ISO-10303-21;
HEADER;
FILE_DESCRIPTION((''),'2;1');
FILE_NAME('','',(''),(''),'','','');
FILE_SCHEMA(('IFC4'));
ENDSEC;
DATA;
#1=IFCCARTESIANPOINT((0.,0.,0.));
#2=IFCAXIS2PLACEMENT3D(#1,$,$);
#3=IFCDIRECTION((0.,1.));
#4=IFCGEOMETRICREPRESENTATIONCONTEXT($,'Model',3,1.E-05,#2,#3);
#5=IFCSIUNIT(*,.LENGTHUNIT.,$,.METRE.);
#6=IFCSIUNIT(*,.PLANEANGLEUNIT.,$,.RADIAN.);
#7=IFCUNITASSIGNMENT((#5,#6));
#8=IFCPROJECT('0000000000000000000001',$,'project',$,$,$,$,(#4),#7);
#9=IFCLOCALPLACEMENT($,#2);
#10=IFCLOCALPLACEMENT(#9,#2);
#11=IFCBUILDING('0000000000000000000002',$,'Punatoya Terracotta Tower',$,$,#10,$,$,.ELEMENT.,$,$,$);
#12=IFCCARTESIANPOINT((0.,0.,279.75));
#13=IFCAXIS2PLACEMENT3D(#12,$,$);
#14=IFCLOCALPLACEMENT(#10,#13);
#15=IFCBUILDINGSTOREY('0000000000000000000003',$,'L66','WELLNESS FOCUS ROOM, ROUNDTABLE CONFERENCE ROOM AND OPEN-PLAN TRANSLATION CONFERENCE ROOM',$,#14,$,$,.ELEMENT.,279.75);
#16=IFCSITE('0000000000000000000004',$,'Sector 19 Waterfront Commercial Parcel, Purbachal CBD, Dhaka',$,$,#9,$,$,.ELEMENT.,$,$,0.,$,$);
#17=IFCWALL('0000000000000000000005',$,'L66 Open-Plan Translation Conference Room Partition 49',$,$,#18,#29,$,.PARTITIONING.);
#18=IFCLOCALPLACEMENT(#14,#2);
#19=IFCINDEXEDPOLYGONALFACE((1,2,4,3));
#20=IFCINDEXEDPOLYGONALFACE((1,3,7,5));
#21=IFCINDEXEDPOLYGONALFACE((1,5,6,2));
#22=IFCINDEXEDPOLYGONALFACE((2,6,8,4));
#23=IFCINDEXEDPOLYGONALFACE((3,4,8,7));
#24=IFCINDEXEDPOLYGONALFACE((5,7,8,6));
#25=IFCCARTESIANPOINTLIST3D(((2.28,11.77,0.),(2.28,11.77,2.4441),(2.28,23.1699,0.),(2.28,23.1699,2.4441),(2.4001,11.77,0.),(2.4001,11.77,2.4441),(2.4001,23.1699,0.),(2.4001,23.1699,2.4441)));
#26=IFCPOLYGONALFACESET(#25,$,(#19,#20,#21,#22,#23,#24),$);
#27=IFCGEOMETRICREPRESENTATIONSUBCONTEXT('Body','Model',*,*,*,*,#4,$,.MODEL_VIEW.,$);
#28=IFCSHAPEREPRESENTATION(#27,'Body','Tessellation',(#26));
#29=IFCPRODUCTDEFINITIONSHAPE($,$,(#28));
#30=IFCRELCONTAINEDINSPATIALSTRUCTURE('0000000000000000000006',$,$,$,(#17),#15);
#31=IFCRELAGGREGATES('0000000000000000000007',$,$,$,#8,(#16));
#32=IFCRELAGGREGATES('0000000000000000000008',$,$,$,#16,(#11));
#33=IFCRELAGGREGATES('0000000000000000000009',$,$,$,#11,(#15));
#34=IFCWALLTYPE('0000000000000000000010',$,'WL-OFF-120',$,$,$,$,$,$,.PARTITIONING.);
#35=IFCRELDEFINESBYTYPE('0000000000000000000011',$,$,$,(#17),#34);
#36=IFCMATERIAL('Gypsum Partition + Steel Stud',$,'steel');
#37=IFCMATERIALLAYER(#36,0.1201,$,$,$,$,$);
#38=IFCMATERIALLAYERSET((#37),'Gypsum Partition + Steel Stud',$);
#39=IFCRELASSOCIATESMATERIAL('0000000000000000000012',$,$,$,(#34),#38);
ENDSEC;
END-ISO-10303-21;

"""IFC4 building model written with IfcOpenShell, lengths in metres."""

from ifc_helpers import new_model, si_unit, direction, frame, frame_2d, origin, place, context, subcontext, project, spatial, rectangle, extrude, material, layer, layer_set, type_object, element, save


model = new_model("IFC4")

# Units and contexts
model_context = context("Model", 3, precision=1e-05, world=origin(), true_north=direction((0.0, 1.0)))
body_context = subcontext(model_context, "Body", "Model", "MODEL_VIEW")
ifc_project = project(units=[si_unit("LENGTHUNIT", "METRE"), si_unit("PLANEANGLEUNIT", "RADIAN")], contexts=[model_context])

# Site, building, storey
site_placement = place(None, origin())
site = spatial("IfcSite", under=ifc_project, at=site_placement, Name="Sector 19 Waterfront Commercial Parcel, Purbachal CBD, Dhaka", CompositionType="ELEMENT", RefElevation=0.0)
building_placement = place(site_placement, origin())
building = spatial("IfcBuilding", under=site, at=building_placement, Name="Punatoya Terracotta Tower", CompositionType="ELEMENT")
storey_placement = place(building_placement, frame((0.0, 0.0, 279.75)))
storey = spatial("IfcBuildingStorey", under=building, at=storey_placement, Name="L66", Description="WELLNESS FOCUS ROOM, ROUNDTABLE CONFERENCE ROOM AND OPEN-PLAN TRANSLATION CONFERENCE ROOM", CompositionType="ELEMENT", Elevation=279.75)

# Wall
ifc_material_1 = material(Name="Gypsum Partition + Steel Stud", Category="steel")
ifc_layer_1 = layer(ifc_material_1, 0.1201)
ifc_layer_set_1 = layer_set([ifc_layer_1], Name="Gypsum Partition + Steel Stud")
wall_type_1 = type_object("IfcWallType", Name="WL-OFF-120", PredefinedType="PARTITIONING", material=ifc_layer_set_1)
wall_1_placement = place(storey_placement, frame((2.3401, 23.1699, 0.0), z_axis=(0.0, 0.0, 1.0), x_axis=(0.0, -1.0, 0.0)))
element("IfcWall", 1, at=wall_1_placement, inside=storey, type_object=wall_type_1, Name="L66 Open-Plan Translation Conference Room Partition 49", PredefinedType="PARTITIONING", context=body_context, shape_type="SweptSolid", body=[
    extrude(rectangle(XDim=11.3999, YDim=0.1201, at=frame_2d((5.7, 0.0))), origin(), (0.0, 0.0, 1.0), 2.4441),
])

save(model, "model.ifc")
